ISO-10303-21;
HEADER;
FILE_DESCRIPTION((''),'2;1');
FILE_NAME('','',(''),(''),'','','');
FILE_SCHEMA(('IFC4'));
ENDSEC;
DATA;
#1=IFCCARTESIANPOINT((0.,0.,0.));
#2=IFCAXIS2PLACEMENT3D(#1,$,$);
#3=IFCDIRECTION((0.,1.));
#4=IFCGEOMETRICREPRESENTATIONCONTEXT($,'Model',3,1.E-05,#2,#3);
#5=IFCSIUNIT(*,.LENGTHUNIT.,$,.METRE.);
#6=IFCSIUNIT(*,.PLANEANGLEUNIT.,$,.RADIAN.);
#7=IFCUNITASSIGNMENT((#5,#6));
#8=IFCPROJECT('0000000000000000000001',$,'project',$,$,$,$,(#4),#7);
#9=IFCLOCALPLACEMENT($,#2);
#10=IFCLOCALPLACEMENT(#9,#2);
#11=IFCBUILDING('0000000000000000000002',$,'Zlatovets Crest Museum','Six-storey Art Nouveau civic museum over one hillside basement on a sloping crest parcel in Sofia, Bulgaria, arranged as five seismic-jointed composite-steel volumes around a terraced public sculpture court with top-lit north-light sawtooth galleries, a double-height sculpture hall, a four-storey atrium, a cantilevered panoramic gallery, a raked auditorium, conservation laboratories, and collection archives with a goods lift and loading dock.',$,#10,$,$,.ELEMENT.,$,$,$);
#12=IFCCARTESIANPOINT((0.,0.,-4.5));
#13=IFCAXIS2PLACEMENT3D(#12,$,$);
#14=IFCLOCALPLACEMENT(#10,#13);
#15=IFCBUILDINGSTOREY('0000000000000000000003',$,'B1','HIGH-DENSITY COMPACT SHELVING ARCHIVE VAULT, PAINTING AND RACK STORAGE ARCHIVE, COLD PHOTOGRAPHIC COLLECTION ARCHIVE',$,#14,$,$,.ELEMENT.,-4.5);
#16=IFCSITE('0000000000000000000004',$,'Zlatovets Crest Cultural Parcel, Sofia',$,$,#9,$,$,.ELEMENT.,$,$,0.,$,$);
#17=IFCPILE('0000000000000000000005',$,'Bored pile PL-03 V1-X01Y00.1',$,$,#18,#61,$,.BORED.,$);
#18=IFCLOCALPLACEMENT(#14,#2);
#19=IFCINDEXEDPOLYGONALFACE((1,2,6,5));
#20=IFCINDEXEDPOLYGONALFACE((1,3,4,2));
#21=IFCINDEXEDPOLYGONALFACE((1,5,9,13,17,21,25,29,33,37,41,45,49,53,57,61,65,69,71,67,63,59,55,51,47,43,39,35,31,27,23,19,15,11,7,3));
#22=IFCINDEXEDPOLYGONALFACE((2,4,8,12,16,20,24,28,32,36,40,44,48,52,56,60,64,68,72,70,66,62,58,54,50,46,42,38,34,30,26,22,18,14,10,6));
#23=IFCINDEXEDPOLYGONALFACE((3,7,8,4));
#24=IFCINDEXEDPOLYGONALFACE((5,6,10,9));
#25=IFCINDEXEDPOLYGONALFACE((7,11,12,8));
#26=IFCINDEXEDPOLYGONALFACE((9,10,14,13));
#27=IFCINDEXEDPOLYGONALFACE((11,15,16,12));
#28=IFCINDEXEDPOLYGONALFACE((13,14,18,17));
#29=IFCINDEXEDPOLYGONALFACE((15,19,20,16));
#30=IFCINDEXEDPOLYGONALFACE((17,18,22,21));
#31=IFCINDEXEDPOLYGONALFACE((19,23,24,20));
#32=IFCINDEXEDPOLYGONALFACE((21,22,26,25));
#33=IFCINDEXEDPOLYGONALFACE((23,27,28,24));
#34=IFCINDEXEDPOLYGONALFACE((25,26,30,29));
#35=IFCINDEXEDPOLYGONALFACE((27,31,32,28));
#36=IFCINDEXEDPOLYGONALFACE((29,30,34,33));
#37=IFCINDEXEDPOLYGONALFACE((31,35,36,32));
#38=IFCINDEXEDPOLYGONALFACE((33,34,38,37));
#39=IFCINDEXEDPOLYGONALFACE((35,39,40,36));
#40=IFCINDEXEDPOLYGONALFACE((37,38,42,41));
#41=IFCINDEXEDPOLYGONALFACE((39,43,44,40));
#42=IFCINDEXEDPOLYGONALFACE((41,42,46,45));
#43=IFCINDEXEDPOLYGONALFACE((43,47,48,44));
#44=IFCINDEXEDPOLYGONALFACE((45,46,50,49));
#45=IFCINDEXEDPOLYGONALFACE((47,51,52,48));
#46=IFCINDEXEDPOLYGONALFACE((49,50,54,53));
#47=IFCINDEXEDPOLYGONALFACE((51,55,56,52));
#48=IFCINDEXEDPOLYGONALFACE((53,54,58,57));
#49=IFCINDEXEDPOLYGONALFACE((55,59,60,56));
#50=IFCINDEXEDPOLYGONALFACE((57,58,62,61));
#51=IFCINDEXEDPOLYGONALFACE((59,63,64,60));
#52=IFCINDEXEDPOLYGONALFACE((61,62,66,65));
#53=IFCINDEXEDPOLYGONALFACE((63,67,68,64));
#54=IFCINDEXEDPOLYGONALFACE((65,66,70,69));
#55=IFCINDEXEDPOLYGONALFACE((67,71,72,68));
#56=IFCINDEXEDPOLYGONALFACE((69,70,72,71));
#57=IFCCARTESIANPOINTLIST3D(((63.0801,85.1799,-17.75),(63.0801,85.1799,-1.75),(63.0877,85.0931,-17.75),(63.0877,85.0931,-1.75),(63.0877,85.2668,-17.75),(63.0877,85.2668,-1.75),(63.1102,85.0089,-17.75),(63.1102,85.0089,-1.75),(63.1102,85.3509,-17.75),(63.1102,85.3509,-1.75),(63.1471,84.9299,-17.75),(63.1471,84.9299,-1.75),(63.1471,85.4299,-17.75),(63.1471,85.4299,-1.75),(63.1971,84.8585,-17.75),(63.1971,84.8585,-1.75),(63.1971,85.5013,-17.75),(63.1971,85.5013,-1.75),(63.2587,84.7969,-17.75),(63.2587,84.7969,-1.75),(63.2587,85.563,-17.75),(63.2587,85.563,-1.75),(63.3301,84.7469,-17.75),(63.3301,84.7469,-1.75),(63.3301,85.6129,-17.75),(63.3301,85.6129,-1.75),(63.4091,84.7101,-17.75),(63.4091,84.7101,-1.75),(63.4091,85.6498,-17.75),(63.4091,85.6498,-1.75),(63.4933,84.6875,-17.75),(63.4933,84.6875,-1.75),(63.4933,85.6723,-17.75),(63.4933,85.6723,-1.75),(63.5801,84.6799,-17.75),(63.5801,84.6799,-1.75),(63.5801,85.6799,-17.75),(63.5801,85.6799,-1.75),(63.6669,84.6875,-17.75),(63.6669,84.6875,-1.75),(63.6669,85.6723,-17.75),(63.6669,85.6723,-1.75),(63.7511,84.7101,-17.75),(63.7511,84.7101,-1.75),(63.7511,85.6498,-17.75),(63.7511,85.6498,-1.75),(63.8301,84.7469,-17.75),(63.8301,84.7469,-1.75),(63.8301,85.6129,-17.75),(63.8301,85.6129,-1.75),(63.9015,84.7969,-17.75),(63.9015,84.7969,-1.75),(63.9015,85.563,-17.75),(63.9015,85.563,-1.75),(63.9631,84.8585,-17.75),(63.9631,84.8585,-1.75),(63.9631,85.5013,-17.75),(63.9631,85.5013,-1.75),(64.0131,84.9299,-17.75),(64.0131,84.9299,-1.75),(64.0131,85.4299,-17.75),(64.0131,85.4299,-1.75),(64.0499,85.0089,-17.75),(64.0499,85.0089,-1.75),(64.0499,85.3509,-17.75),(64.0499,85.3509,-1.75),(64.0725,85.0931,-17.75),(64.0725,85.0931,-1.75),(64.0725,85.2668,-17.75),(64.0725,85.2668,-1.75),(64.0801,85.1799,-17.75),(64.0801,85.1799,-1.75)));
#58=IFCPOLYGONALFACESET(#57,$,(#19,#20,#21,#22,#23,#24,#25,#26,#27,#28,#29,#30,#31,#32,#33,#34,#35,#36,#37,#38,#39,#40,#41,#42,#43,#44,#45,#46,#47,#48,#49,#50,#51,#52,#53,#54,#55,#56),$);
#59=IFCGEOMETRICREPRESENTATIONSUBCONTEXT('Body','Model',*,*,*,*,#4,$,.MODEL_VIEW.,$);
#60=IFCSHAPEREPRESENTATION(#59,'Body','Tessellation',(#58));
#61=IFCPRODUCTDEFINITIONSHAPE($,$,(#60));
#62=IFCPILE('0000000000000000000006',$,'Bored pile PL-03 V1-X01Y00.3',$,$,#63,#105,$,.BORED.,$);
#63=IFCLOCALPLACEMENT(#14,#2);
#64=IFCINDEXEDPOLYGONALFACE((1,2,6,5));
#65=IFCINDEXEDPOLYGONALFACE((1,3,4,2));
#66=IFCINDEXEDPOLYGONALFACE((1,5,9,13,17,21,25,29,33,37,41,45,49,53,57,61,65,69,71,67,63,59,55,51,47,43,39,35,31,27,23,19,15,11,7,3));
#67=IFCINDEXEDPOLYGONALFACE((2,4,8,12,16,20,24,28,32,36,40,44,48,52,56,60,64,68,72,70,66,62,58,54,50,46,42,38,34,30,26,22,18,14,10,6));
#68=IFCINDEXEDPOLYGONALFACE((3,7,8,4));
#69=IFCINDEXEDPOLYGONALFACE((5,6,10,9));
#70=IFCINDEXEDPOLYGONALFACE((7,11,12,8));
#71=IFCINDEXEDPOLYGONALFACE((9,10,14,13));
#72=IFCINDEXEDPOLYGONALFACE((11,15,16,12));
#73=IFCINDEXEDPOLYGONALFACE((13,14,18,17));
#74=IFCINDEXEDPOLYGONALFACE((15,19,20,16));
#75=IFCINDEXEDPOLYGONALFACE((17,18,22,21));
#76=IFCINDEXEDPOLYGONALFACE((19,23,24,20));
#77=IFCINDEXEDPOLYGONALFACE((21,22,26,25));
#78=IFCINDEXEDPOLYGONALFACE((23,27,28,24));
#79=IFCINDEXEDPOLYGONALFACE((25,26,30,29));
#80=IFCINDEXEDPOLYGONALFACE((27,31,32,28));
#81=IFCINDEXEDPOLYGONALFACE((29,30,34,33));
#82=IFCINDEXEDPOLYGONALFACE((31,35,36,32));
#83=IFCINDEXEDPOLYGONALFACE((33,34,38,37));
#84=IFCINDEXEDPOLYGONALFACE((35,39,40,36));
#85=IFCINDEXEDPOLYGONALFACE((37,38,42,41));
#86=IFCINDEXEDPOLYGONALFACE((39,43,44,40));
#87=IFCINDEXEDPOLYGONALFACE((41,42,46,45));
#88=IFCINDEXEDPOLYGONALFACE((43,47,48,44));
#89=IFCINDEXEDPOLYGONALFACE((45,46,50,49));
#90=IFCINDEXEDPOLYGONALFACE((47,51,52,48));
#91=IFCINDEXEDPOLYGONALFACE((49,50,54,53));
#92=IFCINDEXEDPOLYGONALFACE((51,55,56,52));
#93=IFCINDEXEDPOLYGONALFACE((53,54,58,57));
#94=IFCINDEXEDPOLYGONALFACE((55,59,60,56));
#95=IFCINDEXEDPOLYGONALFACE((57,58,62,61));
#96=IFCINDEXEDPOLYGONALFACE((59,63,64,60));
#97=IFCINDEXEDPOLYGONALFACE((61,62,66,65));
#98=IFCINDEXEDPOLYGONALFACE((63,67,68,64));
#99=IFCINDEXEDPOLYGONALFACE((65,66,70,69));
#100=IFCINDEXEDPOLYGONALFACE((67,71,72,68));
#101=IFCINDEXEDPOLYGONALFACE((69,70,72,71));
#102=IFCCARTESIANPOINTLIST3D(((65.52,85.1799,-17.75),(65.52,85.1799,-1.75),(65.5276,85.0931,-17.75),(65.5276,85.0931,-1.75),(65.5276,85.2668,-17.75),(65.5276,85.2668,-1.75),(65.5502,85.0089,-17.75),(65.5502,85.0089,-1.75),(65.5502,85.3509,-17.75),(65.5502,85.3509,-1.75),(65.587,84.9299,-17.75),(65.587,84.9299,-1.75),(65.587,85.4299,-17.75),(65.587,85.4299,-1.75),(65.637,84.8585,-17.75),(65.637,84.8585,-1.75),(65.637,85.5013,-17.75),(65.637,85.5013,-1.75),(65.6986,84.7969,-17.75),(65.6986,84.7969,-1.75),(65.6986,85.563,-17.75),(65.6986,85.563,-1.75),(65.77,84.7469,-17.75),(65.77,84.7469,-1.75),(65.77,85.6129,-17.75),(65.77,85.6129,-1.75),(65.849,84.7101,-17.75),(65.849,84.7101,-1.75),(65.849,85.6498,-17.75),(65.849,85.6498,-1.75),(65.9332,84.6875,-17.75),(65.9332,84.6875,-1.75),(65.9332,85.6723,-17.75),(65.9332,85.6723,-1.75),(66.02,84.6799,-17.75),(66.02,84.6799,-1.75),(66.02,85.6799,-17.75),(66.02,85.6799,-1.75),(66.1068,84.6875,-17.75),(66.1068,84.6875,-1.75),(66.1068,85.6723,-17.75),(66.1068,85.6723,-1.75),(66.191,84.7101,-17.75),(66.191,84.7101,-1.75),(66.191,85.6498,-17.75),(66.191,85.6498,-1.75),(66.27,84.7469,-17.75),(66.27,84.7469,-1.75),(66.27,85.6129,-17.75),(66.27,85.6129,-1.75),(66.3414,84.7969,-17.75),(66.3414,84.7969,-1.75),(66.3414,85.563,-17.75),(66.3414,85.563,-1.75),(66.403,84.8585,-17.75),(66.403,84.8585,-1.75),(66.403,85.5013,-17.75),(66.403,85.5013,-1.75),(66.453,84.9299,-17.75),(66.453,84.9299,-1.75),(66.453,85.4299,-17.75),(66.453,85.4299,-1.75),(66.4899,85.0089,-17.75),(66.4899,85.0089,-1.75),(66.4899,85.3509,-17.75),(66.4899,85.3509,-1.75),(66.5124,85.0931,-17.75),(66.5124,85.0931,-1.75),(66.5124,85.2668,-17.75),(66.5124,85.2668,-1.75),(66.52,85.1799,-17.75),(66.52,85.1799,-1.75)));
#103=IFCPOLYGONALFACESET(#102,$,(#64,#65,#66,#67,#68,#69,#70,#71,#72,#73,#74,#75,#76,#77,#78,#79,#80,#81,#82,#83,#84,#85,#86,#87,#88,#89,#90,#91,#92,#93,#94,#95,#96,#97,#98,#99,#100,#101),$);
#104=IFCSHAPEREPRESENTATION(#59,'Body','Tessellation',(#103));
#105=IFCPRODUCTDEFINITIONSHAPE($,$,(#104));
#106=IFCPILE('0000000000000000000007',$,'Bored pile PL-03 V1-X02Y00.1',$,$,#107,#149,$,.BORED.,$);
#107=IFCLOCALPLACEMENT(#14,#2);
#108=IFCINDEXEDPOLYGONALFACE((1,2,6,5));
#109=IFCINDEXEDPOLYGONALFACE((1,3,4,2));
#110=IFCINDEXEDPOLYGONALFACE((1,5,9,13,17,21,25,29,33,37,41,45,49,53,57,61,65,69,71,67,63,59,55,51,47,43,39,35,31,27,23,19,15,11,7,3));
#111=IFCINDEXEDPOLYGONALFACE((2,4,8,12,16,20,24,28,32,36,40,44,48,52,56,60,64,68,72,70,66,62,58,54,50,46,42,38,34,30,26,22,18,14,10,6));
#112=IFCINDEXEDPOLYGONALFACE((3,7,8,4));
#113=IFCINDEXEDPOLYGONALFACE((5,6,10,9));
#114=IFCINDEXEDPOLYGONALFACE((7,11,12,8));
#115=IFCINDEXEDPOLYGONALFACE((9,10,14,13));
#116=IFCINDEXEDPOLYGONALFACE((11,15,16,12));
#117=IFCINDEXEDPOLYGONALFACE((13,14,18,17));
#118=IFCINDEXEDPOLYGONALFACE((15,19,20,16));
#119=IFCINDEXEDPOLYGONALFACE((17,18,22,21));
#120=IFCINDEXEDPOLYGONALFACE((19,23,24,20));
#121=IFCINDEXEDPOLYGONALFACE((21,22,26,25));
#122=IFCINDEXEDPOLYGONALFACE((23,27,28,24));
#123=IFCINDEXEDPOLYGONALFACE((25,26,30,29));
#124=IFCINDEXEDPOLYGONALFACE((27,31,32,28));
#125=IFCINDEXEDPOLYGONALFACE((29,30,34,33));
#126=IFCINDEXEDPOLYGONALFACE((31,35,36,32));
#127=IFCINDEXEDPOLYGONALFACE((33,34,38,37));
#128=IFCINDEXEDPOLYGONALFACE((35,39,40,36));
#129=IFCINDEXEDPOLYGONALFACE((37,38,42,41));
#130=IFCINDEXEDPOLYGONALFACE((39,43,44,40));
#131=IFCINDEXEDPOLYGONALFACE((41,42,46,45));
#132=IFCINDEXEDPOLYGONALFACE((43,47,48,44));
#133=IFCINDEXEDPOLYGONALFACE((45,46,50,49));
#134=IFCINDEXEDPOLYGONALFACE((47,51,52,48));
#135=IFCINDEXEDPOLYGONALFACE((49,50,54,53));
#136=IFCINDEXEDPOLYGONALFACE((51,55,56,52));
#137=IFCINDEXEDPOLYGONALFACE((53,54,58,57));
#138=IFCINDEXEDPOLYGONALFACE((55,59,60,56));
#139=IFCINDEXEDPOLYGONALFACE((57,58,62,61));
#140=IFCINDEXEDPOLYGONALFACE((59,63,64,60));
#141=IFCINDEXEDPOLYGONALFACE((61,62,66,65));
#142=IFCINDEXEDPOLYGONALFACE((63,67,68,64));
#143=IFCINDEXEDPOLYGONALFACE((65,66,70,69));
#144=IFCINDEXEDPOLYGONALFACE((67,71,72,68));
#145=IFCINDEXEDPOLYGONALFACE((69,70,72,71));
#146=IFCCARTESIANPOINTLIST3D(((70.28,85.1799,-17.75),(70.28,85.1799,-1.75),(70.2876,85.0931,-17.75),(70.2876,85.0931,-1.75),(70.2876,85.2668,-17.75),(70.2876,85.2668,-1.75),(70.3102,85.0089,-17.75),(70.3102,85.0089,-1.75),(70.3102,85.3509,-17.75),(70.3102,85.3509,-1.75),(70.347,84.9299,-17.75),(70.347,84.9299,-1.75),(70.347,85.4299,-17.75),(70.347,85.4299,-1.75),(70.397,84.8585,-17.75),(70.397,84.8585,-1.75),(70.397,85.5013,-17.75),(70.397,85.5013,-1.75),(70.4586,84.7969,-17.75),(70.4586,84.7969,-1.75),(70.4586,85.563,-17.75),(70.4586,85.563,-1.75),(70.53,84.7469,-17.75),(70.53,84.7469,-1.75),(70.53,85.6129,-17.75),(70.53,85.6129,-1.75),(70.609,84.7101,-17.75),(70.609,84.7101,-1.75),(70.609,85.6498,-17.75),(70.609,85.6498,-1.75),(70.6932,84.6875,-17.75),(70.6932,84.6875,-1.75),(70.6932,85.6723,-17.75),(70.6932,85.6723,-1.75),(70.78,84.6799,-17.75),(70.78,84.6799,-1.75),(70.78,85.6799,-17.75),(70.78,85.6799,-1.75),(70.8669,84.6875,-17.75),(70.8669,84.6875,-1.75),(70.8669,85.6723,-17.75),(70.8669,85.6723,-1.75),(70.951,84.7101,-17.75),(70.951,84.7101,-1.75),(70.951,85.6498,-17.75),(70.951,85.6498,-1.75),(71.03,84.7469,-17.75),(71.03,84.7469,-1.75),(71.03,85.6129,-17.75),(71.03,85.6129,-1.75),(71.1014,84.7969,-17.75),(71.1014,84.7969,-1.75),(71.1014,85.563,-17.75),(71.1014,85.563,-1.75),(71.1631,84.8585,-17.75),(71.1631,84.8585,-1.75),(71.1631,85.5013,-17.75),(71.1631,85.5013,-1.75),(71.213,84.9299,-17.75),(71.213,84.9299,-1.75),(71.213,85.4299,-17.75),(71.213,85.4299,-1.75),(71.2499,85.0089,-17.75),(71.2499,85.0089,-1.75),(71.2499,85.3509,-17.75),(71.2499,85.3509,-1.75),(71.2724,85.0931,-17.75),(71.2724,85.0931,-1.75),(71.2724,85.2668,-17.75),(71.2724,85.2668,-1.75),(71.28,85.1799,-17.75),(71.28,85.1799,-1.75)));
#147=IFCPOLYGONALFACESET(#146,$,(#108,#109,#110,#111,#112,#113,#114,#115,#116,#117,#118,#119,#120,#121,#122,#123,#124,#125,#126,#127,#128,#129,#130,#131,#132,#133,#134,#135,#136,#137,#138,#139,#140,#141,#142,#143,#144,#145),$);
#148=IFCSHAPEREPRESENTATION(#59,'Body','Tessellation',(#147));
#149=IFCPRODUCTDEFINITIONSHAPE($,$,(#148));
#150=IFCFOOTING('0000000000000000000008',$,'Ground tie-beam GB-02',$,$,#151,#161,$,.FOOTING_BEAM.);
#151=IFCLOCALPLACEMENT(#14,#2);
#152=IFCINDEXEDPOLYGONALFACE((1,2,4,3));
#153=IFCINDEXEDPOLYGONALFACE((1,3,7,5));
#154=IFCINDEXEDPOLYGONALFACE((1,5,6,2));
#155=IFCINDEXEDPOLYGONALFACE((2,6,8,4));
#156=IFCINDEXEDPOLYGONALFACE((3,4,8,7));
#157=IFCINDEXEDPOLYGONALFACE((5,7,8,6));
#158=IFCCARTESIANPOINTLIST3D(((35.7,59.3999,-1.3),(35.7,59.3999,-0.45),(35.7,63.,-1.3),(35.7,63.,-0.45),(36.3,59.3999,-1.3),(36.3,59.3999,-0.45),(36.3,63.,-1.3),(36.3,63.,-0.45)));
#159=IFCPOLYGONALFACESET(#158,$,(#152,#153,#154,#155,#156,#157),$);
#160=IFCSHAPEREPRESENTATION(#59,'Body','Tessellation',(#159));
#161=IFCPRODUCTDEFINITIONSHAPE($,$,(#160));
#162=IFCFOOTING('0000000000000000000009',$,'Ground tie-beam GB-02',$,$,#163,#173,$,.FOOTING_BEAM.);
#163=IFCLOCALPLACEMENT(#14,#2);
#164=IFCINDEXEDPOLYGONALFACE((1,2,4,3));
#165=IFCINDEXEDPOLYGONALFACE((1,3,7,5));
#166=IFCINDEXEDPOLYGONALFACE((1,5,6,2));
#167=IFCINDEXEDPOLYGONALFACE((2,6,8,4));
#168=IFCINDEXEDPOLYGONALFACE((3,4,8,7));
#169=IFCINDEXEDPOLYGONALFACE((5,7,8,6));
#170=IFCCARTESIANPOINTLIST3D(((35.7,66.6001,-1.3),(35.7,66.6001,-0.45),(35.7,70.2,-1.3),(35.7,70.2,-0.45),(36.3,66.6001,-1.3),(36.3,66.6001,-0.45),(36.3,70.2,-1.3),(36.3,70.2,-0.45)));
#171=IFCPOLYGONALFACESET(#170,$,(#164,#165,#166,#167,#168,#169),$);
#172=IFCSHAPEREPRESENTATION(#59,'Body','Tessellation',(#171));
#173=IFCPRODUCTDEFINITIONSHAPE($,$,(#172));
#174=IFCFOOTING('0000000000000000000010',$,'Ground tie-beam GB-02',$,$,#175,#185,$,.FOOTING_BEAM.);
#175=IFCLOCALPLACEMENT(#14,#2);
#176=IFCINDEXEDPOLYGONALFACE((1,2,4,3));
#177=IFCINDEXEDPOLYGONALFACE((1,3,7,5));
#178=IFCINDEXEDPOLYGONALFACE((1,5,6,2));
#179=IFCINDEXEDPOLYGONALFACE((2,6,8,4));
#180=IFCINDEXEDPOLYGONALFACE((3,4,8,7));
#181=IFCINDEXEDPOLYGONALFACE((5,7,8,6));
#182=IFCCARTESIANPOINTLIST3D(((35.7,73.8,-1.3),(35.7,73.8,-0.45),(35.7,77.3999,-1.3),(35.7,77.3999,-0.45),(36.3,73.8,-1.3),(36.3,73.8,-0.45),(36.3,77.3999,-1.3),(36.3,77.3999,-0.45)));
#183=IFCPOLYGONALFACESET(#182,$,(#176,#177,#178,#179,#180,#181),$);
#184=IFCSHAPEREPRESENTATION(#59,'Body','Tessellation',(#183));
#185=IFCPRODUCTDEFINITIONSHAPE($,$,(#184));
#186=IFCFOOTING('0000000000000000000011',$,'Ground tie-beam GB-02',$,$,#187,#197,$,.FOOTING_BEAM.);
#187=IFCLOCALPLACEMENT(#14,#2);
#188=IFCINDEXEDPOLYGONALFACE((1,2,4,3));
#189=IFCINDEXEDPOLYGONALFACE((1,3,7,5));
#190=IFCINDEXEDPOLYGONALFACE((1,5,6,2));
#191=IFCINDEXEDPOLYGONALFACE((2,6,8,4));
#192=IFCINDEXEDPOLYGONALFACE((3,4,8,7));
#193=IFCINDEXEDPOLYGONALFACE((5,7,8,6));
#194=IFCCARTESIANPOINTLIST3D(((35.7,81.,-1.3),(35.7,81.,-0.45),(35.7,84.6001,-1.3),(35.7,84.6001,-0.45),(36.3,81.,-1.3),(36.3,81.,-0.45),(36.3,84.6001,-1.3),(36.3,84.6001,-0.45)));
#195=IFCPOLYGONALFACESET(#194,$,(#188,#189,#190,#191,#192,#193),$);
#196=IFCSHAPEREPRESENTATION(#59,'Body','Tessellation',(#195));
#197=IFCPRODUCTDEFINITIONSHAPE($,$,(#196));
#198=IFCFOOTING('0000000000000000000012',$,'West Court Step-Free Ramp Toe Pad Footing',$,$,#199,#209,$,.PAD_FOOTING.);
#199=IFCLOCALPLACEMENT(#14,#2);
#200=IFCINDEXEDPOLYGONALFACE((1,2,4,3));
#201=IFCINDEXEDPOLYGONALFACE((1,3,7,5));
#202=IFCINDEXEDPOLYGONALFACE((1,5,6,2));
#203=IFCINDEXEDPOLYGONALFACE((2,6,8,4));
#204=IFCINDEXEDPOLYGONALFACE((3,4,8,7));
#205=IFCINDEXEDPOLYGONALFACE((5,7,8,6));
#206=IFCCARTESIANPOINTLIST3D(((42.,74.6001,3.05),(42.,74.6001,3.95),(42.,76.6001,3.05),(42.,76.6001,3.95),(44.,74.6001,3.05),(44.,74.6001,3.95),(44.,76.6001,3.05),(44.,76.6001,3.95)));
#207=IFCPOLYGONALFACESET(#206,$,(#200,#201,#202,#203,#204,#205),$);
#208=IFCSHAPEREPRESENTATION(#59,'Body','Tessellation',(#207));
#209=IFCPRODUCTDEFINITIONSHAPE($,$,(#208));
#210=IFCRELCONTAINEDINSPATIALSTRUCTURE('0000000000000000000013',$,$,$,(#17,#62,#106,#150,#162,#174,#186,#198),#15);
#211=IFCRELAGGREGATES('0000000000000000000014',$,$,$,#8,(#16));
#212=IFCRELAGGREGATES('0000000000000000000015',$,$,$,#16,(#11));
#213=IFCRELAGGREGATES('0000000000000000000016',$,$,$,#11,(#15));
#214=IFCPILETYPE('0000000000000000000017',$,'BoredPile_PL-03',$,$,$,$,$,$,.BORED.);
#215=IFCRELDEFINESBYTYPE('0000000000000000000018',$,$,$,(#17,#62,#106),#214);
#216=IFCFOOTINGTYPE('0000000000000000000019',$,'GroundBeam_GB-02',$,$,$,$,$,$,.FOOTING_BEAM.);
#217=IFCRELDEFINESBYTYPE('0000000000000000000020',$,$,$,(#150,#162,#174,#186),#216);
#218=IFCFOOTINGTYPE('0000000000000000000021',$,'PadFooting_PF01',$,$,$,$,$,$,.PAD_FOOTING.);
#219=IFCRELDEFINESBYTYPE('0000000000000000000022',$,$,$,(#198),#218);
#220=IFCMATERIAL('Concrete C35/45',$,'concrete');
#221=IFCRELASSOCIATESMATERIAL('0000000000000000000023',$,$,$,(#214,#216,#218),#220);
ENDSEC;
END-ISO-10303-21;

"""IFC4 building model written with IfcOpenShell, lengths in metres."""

from ifc_helpers import new_model, si_unit, direction, frame, origin, origin_2d, place, context, subcontext, project, spatial, rectangle, circle, extrude, material, material_profile, profile_set, type_object, element, save


model = new_model("IFC4")

# Units and contexts
model_context = context("Model", 3, precision=1e-05, world=origin(), true_north=direction((0.0, 1.0)))
body_context = subcontext(model_context, "Body", "Model", "MODEL_VIEW")
ifc_project = project(units=[si_unit("LENGTHUNIT", "METRE"), si_unit("PLANEANGLEUNIT", "RADIAN")], contexts=[model_context])

# Site, building, storey
site_placement = place(None, origin())
site = spatial("IfcSite", under=ifc_project, at=site_placement, Name="Zlatovets Crest Cultural Parcel, Sofia", CompositionType="ELEMENT", RefElevation=0.0)
building_placement = place(site_placement, origin())
building = spatial("IfcBuilding", under=site, at=building_placement, Name="Zlatovets Crest Museum", Description="Six-storey Art Nouveau civic museum over one hillside basement on a sloping crest parcel in Sofia, Bulgaria, arranged as five seismic-jointed composite-steel volumes around a terraced public sculpture court with top-lit north-light sawtooth galleries, a double-height sculpture hall, a four-storey atrium, a cantilevered panoramic gallery, a raked auditorium, conservation laboratories, and collection archives with a goods lift and loading dock.", CompositionType="ELEMENT")
storey_placement = place(building_placement, frame((0.0, 0.0, -4.5)))
storey = spatial("IfcBuildingStorey", under=building, at=storey_placement, Name="B1", Description="HIGH-DENSITY COMPACT SHELVING ARCHIVE VAULT, PAINTING AND RACK STORAGE ARCHIVE, COLD PHOTOGRAPHIC COLLECTION ARCHIVE", CompositionType="ELEMENT", Elevation=-4.5)

# Piles
ifc_material = material(Name="Concrete C35/45", Category="concrete")
ifc_material_profile_1 = material_profile(ifc_material, circle(Radius=0.5, at=origin_2d()), Name="PILE D1000")
ifc_profile_set_1 = profile_set([ifc_material_profile_1], Name="Concrete C35/45")
pile_type_1 = type_object("IfcPileType", Name="BoredPile_PL-03", PredefinedType="BORED", material=ifc_profile_set_1)
for number, where, z_axis, x_axis, name in (
    (1, (63.5801, 85.1799, -1.75), (0.0, 0.0, -1.0), (1.0, 0.0, 0.0), "Bored pile PL-03 V1-X01Y00.1"),
    (2, (66.02, 85.1799, -1.75), (0.0, 0.0, -1.0), (1.0, 0.0, 0.0), "Bored pile PL-03 V1-X01Y00.3"),
    (3, (70.78, 85.1799, -1.75), (0.0, 0.0, -1.0), (1.0, 0.0, 0.0), "Bored pile PL-03 V1-X02Y00.1"),
):
    element("IfcPile", number, at=place(storey_placement, frame(where, z_axis=z_axis, x_axis=x_axis)), inside=storey, type_object=pile_type_1, Name=name, PredefinedType="BORED", context=body_context, shape_type="SweptSolid", body=[
        extrude(circle(Radius=0.5, at=origin_2d()), origin(), (0.0, 0.0, 1.0), 16.0),
    ])

# Footings
ifc_material_profile_2 = material_profile(ifc_material, rectangle(XDim=0.6001, YDim=0.8501, at=origin_2d()), Name="RC 600x850")
ifc_profile_set_2 = profile_set([ifc_material_profile_2], Name="Concrete C35/45")
footing_type_1 = type_object("IfcFootingType", Name="GroundBeam_GB-02", PredefinedType="FOOTING_BEAM", material=ifc_profile_set_2)
footing_1_placement = place(storey_placement, frame((36.0, 59.3999, -0.875), z_axis=(0.0, 1.0, 0.0), x_axis=(-1.0, 0.0, 0.0)))
element("IfcFooting", 4, at=footing_1_placement, inside=storey, type_object=footing_type_1, Name="Ground tie-beam GB-02", PredefinedType="FOOTING_BEAM", context=body_context, shape_type="SweptSolid", body=[
    extrude(rectangle(XDim=0.6001, YDim=0.8501, at=origin_2d()), origin(), (0.0, 0.0, 1.0), 3.6001),
])
for number, where, z_axis, x_axis, name in (
    (5, (36.0, 66.6001, -0.875), (0.0, 1.0, 0.0), (-1.0, 0.0, 0.0), "Ground tie-beam GB-02"),
    (6, (36.0, 73.8, -0.875), (0.0, 1.0, 0.0), (-1.0, 0.0, 0.0), "Ground tie-beam GB-02"),
):
    element("IfcFooting", number, at=place(storey_placement, frame(where, z_axis=z_axis, x_axis=x_axis)), inside=storey, type_object=footing_type_1, Name=name, PredefinedType="FOOTING_BEAM", context=body_context, shape_type="SweptSolid", body=[
        extrude(rectangle(XDim=0.6001, YDim=0.8501, at=origin_2d()), origin(), (0.0, 0.0, 1.0), 3.5999),
    ])
footing_2_placement = place(storey_placement, frame((36.0, 81.0, -0.875), z_axis=(0.0, 1.0, 0.0), x_axis=(-1.0, 0.0, 0.0)))
element("IfcFooting", 7, at=footing_2_placement, inside=storey, type_object=footing_type_1, Name="Ground tie-beam GB-02", PredefinedType="FOOTING_BEAM", context=body_context, shape_type="SweptSolid", body=[
    extrude(rectangle(XDim=0.6001, YDim=0.8501, at=origin_2d()), origin(), (0.0, 0.0, 1.0), 3.6001),
])
footing_type_2 = type_object("IfcFootingType", Name="PadFooting_PF01", PredefinedType="PAD_FOOTING", material=ifc_material)
for number, where, z_axis, x_axis, name in (
    (8, (43.0, 75.6001, 3.05), (0.0, 0.0, 1.0), (1.0, 0.0, 0.0), "West Court Step-Free Ramp Toe Pad Footing"),
):
    element("IfcFooting", number, at=place(storey_placement, frame(where, z_axis=z_axis, x_axis=x_axis)), inside=storey, type_object=footing_type_2, Name=name, PredefinedType="PAD_FOOTING", context=body_context, shape_type="SweptSolid", body=[
        extrude(rectangle(XDim=2.0, YDim=2.0, at=origin_2d()), origin(), (0.0, 0.0, 1.0), 0.8999),
    ])

save(model, "model.ifc")
